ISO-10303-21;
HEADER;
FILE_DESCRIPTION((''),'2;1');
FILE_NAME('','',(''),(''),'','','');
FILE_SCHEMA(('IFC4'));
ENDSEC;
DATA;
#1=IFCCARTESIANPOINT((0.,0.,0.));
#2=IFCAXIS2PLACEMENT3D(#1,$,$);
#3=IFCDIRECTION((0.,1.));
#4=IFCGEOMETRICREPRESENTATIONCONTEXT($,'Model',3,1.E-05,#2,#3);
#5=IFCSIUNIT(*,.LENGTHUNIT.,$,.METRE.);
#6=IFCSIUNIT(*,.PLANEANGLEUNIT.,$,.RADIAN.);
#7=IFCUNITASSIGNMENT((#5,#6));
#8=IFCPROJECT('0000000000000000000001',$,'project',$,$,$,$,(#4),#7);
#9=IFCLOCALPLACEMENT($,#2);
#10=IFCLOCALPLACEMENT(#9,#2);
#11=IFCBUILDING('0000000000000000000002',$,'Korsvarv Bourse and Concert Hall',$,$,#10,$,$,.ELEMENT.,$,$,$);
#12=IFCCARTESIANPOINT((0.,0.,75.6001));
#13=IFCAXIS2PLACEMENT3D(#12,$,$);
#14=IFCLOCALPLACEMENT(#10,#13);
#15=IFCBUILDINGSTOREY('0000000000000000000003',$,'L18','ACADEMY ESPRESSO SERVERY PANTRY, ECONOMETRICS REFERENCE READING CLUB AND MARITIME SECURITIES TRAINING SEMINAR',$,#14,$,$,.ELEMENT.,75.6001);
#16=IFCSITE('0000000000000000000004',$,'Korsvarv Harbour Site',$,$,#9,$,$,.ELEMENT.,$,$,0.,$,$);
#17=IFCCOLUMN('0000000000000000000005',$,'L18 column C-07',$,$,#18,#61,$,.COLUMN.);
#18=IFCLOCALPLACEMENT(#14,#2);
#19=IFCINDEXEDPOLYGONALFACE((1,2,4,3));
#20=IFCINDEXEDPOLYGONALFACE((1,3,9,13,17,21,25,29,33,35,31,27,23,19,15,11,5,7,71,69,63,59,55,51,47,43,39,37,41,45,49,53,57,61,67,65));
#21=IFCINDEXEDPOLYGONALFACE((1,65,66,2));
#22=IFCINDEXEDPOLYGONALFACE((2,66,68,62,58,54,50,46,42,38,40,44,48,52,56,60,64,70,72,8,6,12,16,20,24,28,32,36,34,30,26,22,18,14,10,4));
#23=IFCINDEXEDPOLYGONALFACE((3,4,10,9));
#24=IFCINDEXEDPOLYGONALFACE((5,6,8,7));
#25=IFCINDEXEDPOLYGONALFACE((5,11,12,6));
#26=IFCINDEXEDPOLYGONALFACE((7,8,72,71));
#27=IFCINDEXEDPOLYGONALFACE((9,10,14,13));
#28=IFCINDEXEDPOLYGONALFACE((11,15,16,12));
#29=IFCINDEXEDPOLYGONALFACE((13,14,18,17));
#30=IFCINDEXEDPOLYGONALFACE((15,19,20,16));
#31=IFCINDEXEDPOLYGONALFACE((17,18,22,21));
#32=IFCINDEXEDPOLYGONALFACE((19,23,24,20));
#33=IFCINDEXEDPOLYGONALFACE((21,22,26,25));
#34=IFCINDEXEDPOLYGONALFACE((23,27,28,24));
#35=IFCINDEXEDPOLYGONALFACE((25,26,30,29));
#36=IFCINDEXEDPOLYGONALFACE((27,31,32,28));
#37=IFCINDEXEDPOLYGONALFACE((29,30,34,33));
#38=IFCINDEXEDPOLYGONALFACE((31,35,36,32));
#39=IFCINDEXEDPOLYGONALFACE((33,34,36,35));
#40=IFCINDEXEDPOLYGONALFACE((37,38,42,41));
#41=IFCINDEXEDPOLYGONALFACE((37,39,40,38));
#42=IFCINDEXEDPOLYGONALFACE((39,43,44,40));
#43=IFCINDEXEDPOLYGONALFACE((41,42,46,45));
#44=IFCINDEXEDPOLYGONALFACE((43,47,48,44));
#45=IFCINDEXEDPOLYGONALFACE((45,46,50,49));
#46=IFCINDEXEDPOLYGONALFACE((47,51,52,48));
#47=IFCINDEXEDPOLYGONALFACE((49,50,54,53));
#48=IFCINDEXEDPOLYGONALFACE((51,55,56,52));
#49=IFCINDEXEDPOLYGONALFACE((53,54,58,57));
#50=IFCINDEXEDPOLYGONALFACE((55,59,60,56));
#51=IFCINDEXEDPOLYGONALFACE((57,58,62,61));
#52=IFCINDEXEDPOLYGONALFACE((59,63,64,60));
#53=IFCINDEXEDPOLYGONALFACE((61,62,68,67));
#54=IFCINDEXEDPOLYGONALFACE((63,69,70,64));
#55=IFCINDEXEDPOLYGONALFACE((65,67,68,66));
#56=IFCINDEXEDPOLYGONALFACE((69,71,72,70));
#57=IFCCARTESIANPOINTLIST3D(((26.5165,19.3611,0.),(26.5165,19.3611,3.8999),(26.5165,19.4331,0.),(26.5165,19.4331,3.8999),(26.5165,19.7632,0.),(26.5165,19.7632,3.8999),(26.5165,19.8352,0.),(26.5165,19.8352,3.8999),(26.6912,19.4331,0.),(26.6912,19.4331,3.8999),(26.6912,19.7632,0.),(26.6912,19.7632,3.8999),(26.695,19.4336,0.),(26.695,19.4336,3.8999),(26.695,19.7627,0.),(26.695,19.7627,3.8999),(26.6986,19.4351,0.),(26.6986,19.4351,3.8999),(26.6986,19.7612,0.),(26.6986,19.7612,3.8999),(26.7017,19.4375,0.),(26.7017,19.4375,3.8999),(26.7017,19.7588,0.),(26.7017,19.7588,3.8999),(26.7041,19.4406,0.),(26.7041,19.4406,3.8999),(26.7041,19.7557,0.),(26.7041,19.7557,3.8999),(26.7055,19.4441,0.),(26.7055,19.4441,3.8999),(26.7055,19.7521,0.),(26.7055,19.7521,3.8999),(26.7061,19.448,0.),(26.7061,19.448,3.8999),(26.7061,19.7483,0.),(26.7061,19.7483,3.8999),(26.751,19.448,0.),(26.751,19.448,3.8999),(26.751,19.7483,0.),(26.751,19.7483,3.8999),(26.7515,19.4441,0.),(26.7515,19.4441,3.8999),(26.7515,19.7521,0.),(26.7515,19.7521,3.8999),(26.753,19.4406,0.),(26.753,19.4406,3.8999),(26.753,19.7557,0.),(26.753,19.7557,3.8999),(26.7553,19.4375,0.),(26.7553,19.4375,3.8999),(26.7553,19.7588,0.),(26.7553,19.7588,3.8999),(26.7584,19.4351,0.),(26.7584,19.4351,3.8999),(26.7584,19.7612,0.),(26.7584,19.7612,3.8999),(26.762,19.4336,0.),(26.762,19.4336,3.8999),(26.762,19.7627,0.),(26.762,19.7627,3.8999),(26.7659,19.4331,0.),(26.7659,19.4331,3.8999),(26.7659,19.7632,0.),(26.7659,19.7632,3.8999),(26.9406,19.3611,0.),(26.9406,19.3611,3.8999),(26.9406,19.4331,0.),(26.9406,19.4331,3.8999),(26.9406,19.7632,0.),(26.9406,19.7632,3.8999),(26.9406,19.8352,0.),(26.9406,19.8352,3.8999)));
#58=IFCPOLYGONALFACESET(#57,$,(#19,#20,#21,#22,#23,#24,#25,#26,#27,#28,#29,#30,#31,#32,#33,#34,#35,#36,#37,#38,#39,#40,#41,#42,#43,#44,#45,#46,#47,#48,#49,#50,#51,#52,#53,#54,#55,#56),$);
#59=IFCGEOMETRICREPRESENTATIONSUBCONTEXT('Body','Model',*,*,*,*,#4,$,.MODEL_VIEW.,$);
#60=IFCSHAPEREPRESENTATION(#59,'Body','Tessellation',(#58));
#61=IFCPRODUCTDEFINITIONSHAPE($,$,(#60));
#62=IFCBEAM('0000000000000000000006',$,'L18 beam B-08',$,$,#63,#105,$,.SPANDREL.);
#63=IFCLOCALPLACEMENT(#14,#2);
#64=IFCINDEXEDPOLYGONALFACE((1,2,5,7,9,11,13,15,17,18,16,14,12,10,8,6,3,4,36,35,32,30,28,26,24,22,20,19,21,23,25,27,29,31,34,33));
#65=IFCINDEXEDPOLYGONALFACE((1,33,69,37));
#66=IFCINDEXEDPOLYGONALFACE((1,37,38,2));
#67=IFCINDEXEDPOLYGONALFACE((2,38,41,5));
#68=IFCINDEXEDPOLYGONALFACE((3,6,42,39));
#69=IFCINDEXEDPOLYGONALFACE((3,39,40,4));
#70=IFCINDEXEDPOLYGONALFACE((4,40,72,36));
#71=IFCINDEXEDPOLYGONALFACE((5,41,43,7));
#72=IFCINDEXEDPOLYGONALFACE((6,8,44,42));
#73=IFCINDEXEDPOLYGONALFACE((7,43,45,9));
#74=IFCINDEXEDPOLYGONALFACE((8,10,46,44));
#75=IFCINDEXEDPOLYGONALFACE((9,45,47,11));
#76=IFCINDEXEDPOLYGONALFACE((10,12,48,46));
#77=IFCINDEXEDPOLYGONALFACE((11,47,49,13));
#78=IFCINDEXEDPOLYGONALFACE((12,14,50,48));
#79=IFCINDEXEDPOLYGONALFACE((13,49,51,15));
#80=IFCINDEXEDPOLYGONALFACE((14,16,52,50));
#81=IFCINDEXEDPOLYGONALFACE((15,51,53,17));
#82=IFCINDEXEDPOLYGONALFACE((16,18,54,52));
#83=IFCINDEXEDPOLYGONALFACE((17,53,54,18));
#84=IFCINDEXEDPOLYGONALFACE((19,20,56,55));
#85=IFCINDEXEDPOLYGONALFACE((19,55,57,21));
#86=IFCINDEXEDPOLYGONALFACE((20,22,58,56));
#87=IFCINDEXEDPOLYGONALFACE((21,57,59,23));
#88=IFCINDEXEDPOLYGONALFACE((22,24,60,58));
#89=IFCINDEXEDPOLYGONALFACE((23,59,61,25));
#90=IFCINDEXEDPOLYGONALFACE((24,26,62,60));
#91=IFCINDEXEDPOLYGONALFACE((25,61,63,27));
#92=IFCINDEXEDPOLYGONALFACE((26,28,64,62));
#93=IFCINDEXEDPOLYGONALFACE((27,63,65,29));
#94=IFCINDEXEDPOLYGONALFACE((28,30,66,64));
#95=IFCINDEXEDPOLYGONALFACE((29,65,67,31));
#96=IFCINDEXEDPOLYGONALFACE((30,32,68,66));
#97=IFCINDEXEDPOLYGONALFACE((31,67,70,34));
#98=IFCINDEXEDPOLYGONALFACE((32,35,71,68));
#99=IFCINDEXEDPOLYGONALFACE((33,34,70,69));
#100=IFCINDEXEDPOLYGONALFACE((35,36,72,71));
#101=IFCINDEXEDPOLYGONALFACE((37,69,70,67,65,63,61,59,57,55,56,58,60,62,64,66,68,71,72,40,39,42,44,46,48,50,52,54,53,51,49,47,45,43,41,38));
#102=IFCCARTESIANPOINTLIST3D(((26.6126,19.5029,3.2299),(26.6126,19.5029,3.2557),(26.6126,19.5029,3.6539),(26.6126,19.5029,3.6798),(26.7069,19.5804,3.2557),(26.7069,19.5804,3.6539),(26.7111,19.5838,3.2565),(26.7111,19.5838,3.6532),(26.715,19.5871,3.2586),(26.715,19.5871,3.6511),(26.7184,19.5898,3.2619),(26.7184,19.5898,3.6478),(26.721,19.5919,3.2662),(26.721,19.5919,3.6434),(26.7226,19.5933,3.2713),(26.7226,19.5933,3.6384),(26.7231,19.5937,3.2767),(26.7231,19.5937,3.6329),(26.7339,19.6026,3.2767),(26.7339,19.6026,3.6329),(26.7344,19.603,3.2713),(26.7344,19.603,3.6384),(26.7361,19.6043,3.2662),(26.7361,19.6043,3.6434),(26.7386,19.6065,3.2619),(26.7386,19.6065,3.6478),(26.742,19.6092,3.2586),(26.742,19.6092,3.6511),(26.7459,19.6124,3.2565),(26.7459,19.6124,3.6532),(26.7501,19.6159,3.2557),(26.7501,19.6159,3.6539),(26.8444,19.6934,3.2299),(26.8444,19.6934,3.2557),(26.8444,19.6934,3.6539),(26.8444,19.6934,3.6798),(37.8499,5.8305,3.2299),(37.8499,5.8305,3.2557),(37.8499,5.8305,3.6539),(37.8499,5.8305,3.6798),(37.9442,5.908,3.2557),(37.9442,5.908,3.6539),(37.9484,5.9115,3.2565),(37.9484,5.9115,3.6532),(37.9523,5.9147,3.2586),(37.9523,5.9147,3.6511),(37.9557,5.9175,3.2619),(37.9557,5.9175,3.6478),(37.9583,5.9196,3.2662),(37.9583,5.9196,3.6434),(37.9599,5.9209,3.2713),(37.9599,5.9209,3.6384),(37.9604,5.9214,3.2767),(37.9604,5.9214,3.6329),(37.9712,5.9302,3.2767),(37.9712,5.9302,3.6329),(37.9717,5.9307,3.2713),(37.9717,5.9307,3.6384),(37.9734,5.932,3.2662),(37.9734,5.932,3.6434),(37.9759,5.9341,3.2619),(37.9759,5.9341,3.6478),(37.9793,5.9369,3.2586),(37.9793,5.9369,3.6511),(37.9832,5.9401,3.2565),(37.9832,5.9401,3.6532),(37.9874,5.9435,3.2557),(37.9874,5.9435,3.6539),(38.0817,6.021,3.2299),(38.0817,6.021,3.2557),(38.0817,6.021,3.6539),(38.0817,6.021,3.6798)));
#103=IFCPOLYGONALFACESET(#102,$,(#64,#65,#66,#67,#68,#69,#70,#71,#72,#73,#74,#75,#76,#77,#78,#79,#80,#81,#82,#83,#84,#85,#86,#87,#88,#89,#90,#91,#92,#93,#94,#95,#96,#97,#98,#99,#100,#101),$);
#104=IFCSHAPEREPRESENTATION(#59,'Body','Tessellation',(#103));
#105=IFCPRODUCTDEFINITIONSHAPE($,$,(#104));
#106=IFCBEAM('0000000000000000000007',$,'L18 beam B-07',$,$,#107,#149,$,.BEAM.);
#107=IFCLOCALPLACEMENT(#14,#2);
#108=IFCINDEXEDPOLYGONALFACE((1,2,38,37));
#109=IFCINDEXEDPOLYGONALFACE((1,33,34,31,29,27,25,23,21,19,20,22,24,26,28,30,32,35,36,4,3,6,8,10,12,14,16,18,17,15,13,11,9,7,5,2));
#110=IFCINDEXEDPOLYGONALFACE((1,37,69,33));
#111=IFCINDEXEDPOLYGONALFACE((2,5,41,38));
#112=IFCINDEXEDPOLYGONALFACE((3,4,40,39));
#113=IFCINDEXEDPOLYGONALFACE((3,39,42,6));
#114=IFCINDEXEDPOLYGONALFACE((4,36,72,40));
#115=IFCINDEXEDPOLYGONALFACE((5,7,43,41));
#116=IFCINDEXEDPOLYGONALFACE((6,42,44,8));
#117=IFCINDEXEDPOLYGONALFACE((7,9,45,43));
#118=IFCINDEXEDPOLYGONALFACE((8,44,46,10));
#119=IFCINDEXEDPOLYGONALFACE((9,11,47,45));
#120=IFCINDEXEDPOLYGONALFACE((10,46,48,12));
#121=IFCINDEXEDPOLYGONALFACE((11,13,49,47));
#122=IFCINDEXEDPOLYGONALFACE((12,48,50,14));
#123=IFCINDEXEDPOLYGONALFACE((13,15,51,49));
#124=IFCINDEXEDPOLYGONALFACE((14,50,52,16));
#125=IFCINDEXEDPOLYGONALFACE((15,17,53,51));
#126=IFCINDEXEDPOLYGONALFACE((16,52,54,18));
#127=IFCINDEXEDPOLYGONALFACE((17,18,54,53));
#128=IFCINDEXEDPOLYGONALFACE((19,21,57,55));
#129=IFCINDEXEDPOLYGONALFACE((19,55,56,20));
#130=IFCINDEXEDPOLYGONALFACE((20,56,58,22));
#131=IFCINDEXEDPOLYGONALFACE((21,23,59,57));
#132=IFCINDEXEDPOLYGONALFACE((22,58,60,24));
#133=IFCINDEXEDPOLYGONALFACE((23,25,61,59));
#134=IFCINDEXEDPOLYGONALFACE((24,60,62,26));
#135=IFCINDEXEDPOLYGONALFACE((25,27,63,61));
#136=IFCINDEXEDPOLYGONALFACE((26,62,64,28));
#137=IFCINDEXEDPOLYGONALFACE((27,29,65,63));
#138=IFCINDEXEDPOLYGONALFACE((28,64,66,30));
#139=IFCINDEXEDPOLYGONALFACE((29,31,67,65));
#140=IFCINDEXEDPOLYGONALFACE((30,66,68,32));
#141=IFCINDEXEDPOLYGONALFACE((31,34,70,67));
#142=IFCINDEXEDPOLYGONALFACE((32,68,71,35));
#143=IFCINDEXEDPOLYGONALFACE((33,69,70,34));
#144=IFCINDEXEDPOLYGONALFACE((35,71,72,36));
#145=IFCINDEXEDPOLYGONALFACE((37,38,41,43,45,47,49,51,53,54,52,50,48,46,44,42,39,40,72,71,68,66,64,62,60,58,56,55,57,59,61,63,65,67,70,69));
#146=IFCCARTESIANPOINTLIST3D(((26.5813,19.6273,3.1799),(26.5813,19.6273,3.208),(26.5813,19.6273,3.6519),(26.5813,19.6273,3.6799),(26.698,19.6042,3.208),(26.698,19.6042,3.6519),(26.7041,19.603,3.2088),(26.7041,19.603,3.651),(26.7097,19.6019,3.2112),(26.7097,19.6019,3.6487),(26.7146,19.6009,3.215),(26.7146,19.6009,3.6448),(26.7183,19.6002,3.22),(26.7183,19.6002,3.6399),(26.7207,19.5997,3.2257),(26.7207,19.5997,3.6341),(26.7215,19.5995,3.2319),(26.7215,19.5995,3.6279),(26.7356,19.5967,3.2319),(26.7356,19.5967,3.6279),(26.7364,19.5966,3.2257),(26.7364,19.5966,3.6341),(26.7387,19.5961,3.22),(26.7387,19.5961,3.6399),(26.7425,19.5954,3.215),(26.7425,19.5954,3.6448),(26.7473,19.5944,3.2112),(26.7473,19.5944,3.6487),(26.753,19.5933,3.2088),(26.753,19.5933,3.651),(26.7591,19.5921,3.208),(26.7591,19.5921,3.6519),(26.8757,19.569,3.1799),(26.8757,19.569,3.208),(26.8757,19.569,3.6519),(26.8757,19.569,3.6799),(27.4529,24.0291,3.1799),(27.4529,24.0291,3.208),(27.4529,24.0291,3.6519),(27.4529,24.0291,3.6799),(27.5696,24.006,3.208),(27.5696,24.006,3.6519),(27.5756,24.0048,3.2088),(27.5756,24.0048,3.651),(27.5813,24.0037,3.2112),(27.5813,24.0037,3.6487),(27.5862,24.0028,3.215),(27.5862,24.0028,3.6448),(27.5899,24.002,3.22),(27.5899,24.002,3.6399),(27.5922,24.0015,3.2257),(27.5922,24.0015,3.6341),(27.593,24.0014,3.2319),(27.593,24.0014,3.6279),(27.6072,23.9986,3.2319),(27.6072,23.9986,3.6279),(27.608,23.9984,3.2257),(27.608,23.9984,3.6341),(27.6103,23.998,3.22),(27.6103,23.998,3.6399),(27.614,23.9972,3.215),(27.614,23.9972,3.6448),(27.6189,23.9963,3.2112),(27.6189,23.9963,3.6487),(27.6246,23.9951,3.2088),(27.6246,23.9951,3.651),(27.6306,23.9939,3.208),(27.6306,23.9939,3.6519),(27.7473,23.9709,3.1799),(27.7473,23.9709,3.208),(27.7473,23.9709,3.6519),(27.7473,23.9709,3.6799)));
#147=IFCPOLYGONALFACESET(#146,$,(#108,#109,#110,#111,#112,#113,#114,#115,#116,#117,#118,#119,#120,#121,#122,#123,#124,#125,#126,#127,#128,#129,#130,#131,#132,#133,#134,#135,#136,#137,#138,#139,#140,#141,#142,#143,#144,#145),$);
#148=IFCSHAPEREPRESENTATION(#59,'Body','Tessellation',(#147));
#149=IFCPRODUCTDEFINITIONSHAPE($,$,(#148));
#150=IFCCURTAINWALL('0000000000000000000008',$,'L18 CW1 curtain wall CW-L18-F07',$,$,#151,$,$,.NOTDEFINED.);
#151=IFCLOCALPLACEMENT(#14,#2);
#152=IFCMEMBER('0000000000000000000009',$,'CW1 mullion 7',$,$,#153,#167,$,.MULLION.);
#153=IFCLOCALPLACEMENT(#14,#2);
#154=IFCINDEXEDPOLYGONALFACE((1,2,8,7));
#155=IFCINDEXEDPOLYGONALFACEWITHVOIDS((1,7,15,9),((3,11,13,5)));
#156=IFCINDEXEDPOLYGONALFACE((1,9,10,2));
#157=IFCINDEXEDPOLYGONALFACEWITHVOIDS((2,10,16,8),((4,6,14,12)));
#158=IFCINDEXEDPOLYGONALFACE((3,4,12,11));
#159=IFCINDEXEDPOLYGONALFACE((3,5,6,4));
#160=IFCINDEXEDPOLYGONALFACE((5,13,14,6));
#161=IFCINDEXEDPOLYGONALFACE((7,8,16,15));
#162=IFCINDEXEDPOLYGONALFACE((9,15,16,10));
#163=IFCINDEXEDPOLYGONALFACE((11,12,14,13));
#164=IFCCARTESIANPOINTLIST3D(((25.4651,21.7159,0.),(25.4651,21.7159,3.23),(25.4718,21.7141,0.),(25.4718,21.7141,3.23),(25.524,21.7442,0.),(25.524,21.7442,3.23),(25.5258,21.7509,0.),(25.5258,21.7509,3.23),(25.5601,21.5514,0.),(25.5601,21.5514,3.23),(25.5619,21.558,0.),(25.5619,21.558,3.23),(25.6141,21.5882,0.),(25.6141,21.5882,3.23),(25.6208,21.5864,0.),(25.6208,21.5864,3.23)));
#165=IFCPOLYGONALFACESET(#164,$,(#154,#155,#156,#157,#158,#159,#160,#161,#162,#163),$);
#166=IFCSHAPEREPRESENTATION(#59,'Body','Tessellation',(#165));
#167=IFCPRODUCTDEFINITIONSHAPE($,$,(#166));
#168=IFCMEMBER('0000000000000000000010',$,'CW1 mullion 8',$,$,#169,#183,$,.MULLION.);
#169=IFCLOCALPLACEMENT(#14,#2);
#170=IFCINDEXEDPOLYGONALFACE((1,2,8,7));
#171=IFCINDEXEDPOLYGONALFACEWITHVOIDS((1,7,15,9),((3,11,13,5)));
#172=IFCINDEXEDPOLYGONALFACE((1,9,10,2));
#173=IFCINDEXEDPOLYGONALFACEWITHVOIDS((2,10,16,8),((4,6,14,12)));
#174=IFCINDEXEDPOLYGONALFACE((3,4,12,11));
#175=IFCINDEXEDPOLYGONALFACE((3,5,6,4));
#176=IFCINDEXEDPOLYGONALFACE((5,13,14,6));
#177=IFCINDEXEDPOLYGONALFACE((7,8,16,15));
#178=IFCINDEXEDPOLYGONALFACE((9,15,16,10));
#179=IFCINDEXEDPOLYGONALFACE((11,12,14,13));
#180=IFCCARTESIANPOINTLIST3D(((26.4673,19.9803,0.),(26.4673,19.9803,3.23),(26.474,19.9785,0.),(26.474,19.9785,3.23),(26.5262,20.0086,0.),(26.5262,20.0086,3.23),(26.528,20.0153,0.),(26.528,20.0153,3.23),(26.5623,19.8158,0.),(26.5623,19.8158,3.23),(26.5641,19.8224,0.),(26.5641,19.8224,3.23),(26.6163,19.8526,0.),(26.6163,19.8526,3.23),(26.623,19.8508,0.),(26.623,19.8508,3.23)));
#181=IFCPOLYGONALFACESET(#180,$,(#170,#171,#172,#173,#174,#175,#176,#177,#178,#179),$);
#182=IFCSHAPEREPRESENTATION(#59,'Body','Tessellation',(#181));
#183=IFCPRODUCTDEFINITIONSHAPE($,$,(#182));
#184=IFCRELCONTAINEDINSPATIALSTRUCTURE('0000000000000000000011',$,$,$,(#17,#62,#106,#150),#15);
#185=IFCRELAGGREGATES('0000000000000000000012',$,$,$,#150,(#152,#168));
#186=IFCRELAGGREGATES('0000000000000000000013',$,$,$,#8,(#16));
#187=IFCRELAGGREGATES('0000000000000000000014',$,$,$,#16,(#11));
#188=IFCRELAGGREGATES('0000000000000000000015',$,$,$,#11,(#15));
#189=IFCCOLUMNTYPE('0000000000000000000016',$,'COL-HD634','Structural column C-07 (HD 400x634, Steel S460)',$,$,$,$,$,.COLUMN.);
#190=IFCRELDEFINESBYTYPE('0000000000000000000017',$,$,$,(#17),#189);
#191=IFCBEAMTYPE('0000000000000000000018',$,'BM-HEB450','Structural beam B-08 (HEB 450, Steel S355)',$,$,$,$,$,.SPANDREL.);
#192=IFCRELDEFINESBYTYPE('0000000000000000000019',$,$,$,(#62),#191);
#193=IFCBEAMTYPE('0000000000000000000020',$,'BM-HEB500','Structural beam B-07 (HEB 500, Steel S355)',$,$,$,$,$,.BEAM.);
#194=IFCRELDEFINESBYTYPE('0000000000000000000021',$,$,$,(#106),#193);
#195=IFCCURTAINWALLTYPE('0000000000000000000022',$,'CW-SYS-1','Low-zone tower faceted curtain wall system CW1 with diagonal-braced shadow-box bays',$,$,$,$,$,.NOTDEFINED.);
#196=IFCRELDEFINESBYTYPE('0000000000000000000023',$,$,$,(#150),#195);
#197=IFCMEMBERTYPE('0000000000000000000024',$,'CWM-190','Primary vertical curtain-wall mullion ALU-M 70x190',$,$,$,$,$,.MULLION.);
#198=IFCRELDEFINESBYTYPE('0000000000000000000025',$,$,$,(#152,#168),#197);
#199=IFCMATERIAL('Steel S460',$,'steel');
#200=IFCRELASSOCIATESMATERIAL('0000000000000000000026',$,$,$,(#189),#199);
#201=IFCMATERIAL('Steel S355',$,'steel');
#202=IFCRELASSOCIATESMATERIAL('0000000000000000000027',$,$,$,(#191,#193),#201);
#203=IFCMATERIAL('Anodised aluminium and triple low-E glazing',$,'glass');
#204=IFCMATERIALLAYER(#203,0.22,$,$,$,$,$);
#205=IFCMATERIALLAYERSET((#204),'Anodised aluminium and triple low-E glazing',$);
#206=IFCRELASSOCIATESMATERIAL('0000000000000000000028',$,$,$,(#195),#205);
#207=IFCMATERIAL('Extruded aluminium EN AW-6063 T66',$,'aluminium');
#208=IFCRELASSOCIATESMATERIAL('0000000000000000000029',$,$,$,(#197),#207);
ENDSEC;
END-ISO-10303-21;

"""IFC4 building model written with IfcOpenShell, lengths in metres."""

from ifc_helpers import new_model, si_unit, direction, frame, origin, origin_2d, place, context, subcontext, project, spatial, hollow_rectangle, i_section, extrude, source, transform, mapped, material, layer, layer_set, material_profile, profile_set, type_object, element, aggregate, save


model = new_model("IFC4")

# Units and contexts
model_context = context("Model", 3, precision=1e-05, world=origin(), true_north=direction((0.0, 1.0)))
body_context = subcontext(model_context, "Body", "Model", "MODEL_VIEW")
ifc_project = project(units=[si_unit("LENGTHUNIT", "METRE"), si_unit("PLANEANGLEUNIT", "RADIAN")], contexts=[model_context])

# Site, building, storey
site_placement = place(None, origin())
site = spatial("IfcSite", under=ifc_project, at=site_placement, Name="Korsvarv Harbour Site", CompositionType="ELEMENT", RefElevation=0.0)
building_placement = place(site_placement, origin())
building = spatial("IfcBuilding", under=site, at=building_placement, Name="Korsvarv Bourse and Concert Hall", CompositionType="ELEMENT")
storey_placement = place(building_placement, frame((0.0, 0.0, 75.6001)))
storey = spatial("IfcBuildingStorey", under=building, at=storey_placement, Name="L18", Description="ACADEMY ESPRESSO SERVERY PANTRY, ECONOMETRICS REFERENCE READING CLUB AND MARITIME SECURITIES TRAINING SEMINAR", CompositionType="ELEMENT", Elevation=75.6001)

# Column
ifc_material_1 = material(Name="Steel S460", Category="steel")
ifc_material_profile_1 = material_profile(ifc_material_1, i_section(OverallWidth=0.4241, OverallDepth=0.4741, WebThickness=0.0449, FlangeThickness=0.072, FilletRadius=0.0149, at=origin_2d()), Name="HD 400x634")
ifc_profile_set_1 = profile_set([ifc_material_profile_1], Name="Steel S460")
column_type = type_object("IfcColumnType", Name="COL-HD634", Description="Structural column C-07 (HD 400x634, Steel S460)", PredefinedType="COLUMN", material=ifc_profile_set_1)
shared_shape_1 = source(origin(), body_context, "Body", "SweptSolid", [
    extrude(i_section(OverallWidth=0.4241, OverallDepth=0.4741, WebThickness=0.0449, FlangeThickness=0.072, FilletRadius=0.0149, at=origin_2d()), origin(), (0.0, 0.0, 1.0), 3.8999),
])
column_placement = place(storey_placement, frame((26.7285, 19.5981, 0.0), z_axis=(0.0, 0.0, 1.0), x_axis=(1.0, 0.0, 0.0)))
element("IfcColumn", 1, at=column_placement, inside=storey, type_object=column_type, Name="L18 column C-07", PredefinedType="COLUMN", context=body_context, shape_type="MappedRepresentation", body=[
    mapped(shared_shape_1, transform((0.0, 0.0, 0.0), scale=1.0)),
])

# Beams
ifc_material_2 = material(Name="Steel S355", Category="steel")
ifc_material_profile_2 = material_profile(ifc_material_2, i_section(OverallWidth=0.3, OverallDepth=0.45, WebThickness=0.0139, FlangeThickness=0.0259, FilletRadius=0.021, at=origin_2d()), Name="HEB 450")
ifc_profile_set_2 = profile_set([ifc_material_profile_2], Name="Steel S355")
beam_type_1 = type_object("IfcBeamType", Name="BM-HEB450", Description="Structural beam B-08 (HEB 450, Steel S355)", PredefinedType="SPANDREL", material=ifc_profile_set_2)
shared_shape_2 = source(origin(), body_context, "Body", "SweptSolid", [
    extrude(i_section(OverallWidth=0.3, OverallDepth=0.45, WebThickness=0.0139, FlangeThickness=0.0259, FilletRadius=0.021, at=origin_2d()), origin(), (0.0, 0.0, 1.0), 17.6978),
])
beam_1_placement = place(storey_placement, frame((26.7285, 19.5981, 3.4548), z_axis=(0.634957, -0.772548, 0.0), x_axis=(0.772548, 0.634957, 0.0)))
element("IfcBeam", 2, at=beam_1_placement, inside=storey, type_object=beam_type_1, Name="L18 beam B-08", PredefinedType="SPANDREL", context=body_context, shape_type="MappedRepresentation", body=[
    mapped(shared_shape_2, transform((0.0, 0.0, 0.0), scale=1.0)),
])
ifc_material_profile_3 = material_profile(ifc_material_2, i_section(OverallWidth=0.3, OverallDepth=0.5, WebThickness=0.0144, FlangeThickness=0.0281, FilletRadius=0.0239, at=origin_2d()), Name="HEB 500")
ifc_profile_set_3 = profile_set([ifc_material_profile_3], Name="Steel S355")
beam_type_2 = type_object("IfcBeamType", Name="BM-HEB500", Description="Structural beam B-07 (HEB 500, Steel S355)", PredefinedType="BEAM", material=ifc_profile_set_3)
shared_shape_3 = source(origin(), body_context, "Body", "SweptSolid", [
    extrude(i_section(OverallWidth=0.3, OverallDepth=0.5, WebThickness=0.0144, FlangeThickness=0.0281, FilletRadius=0.0239, at=origin_2d()), origin(), (0.0, 0.0, 1.0), 4.4873),
])
beam_2_placement = place(storey_placement, frame((26.7285, 19.5981, 3.4299), z_axis=(0.194232, 0.980956, 0.0), x_axis=(-0.980956, 0.194232, 0.0)))
element("IfcBeam", 3, at=beam_2_placement, inside=storey, type_object=beam_type_2, Name="L18 beam B-07", PredefinedType="BEAM", context=body_context, shape_type="MappedRepresentation", body=[
    mapped(shared_shape_3, transform((0.0, 0.0, 0.0), scale=1.0)),
])

# Curtain wall, members
ifc_material_3 = material(Name="Anodised aluminium and triple low-E glazing", Category="glass")
ifc_layer_1 = layer(ifc_material_3, 0.22)
ifc_layer_set_1 = layer_set([ifc_layer_1], Name="Anodised aluminium and triple low-E glazing")
curtain_wall_type = type_object("IfcCurtainWallType", Name="CW-SYS-1", Description="Low-zone tower faceted curtain wall system CW1 with diagonal-braced shadow-box bays", PredefinedType="NOTDEFINED", material=ifc_layer_set_1)
curtain_wall_placement = place(storey_placement, origin())
curtain_wall = element("IfcCurtainWall", 4, at=curtain_wall_placement, inside=storey, type_object=curtain_wall_type, Name="L18 CW1 curtain wall CW-L18-F07", PredefinedType="NOTDEFINED")
ifc_material_4 = material(Name="Extruded aluminium EN AW-6063 T66", Category="aluminium")
ifc_material_profile_4 = material_profile(ifc_material_4, hollow_rectangle(XDim=0.0701, YDim=0.1899, WallThickness=0.0049, at=origin_2d()), Name="ALU-M 70x190")
ifc_profile_set_4 = profile_set([ifc_material_profile_4], Name="Extruded aluminium EN AW-6063 T66")
member_type_1 = type_object("IfcMemberType", Name="CWM-190", Description="Primary vertical curtain-wall mullion ALU-M 70x190", PredefinedType="MULLION", material=ifc_profile_set_4)
shared_shape_4 = source(origin(), body_context, "Body", "SweptSolid", [
    extrude(hollow_rectangle(XDim=0.0701, YDim=0.1899, WallThickness=0.0049, at=origin_2d()), origin(), (0.0, 0.0, 1.0), 3.23),
])
member_1_placement = place(storey_placement, frame((25.543, 21.6511, 0.0), z_axis=(0.0, 0.0, 1.0), x_axis=(0.866024, 0.500002, 0.0)))
member_1 = element("IfcMember", 5, at=member_1_placement, type_object=member_type_1, Name="CW1 mullion 7", PredefinedType="MULLION", context=body_context, shape_type="MappedRepresentation", body=[
    mapped(shared_shape_4, transform((0.0, 0.0, 0.0), scale=1.0)),
])
member_2_placement = place(storey_placement, frame((26.5452, 19.9155, 0.0), z_axis=(0.0, 0.0, 1.0), x_axis=(0.866024, 0.500002, 0.0)))
member_2 = element("IfcMember", 6, at=member_2_placement, type_object=member_type_1, Name="CW1 mullion 8", PredefinedType="MULLION", context=body_context, shape_type="MappedRepresentation", body=[
    mapped(shared_shape_4, transform((0.0, 0.0, 0.0), scale=1.0)),
])
aggregate(curtain_wall, [member_1, member_2])

save(model, "model.ifc")
